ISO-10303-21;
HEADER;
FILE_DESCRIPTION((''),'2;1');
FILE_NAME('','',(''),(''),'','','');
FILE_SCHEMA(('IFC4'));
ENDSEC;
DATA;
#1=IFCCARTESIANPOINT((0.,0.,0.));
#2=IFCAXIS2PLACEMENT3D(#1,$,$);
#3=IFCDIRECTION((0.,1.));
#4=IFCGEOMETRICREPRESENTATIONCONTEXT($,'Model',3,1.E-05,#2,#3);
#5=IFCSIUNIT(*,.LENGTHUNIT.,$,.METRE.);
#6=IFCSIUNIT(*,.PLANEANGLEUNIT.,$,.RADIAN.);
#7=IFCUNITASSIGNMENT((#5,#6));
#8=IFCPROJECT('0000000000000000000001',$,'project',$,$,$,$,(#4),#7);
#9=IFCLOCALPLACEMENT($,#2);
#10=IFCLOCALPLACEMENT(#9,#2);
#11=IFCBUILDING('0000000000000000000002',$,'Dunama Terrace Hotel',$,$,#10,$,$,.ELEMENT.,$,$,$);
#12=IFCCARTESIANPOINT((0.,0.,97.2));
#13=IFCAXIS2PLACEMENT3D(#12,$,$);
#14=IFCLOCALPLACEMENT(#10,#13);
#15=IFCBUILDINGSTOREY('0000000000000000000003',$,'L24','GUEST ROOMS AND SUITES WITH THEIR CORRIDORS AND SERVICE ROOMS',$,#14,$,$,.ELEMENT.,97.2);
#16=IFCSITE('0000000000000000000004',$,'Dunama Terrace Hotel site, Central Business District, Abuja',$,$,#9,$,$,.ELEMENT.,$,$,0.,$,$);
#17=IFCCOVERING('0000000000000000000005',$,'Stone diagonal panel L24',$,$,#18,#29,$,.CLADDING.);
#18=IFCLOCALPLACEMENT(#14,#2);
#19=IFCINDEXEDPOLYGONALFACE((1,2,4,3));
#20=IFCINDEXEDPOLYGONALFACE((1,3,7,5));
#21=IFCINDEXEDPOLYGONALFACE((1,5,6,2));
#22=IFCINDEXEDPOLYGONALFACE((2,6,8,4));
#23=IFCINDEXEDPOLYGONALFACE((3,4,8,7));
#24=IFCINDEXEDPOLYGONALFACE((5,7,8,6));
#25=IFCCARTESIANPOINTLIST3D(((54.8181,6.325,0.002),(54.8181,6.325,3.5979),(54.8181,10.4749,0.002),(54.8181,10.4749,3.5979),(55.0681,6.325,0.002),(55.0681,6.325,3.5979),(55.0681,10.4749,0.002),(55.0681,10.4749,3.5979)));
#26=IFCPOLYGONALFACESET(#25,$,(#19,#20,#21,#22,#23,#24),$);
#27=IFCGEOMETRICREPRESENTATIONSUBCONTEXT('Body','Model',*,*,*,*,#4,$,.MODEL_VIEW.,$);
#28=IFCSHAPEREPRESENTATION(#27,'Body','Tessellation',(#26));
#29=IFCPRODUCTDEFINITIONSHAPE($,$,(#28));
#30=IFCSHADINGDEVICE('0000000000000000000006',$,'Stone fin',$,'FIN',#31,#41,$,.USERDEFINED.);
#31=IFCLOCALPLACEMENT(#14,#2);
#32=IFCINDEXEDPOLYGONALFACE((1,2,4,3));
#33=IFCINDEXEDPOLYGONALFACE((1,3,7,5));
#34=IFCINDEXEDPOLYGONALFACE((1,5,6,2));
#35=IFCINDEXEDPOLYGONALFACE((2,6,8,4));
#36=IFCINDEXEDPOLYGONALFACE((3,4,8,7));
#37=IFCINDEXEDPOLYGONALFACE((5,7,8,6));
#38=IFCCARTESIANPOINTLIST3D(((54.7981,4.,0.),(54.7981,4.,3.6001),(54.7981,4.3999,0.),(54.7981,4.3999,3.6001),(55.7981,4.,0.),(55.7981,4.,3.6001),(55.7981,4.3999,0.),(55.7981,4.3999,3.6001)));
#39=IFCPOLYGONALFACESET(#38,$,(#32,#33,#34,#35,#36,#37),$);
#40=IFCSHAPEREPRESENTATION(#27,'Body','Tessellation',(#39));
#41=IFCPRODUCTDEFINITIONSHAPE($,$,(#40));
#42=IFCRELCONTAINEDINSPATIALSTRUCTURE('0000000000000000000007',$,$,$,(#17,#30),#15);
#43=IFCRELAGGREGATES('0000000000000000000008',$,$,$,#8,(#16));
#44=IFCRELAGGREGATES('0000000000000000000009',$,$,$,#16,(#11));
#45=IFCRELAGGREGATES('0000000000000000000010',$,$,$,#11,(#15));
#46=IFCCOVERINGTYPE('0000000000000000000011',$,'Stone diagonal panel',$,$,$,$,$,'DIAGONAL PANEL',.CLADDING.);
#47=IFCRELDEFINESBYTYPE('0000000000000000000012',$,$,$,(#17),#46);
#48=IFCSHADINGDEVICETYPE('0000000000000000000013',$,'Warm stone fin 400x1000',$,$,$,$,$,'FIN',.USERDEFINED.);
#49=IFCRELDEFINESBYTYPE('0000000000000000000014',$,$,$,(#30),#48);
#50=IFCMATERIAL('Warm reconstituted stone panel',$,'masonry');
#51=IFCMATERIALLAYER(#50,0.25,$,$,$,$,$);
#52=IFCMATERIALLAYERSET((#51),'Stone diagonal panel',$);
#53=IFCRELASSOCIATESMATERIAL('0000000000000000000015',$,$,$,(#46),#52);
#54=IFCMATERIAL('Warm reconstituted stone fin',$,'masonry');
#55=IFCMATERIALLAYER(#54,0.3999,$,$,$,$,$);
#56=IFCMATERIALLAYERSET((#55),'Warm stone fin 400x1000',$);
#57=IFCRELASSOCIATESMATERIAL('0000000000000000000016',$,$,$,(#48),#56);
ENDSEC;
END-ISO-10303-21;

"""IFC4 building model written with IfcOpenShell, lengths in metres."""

from ifc_helpers import new_model, si_unit, direction, frame, origin, origin_2d, place, context, subcontext, project, spatial, rectangle, extrude, material, layer, layer_set, type_object, element, save


model = new_model("IFC4")

# Units and contexts
model_context = context("Model", 3, precision=1e-05, world=origin(), true_north=direction((0.0, 1.0)))
body_context = subcontext(model_context, "Body", "Model", "MODEL_VIEW")
ifc_project = project(units=[si_unit("LENGTHUNIT", "METRE"), si_unit("PLANEANGLEUNIT", "RADIAN")], contexts=[model_context])

# Site, building, storey
site_placement = place(None, origin())
site = spatial("IfcSite", under=ifc_project, at=site_placement, Name="Dunama Terrace Hotel site, Central Business District, Abuja", CompositionType="ELEMENT", RefElevation=0.0)
building_placement = place(site_placement, origin())
building = spatial("IfcBuilding", under=site, at=building_placement, Name="Dunama Terrace Hotel", CompositionType="ELEMENT")
storey_placement = place(building_placement, frame((0.0, 0.0, 97.2)))
storey = spatial("IfcBuildingStorey", under=building, at=storey_placement, Name="L24", Description="GUEST ROOMS AND SUITES WITH THEIR CORRIDORS AND SERVICE ROOMS", CompositionType="ELEMENT", Elevation=97.2)

# Covering
ifc_material_1 = material(Name="Warm reconstituted stone panel", Category="masonry")
ifc_layer_1 = layer(ifc_material_1, 0.25)
ifc_layer_set_1 = layer_set([ifc_layer_1], Name="Stone diagonal panel")
covering_type = type_object("IfcCoveringType", Name="Stone diagonal panel", ElementType="DIAGONAL PANEL", PredefinedType="CLADDING", material=ifc_layer_set_1)
covering_1_placement = place(storey_placement, frame((54.9431, 8.3999, 0.002), z_axis=(0.0, 0.0, 1.0), x_axis=(0.0, 1.0, 0.0)))
element("IfcCovering", 1, at=covering_1_placement, inside=storey, type_object=covering_type, Name="Stone diagonal panel L24", PredefinedType="CLADDING", context=body_context, shape_type="SweptSolid", body=[
    extrude(rectangle(XDim=4.1499, YDim=0.25, at=origin_2d()), origin(), (0.0, 0.0, 1.0), 3.5959),
])

# Shading device
ifc_material_2 = material(Name="Warm reconstituted stone fin", Category="masonry")
ifc_layer_2 = layer(ifc_material_2, 0.3999)
ifc_layer_set_2 = layer_set([ifc_layer_2], Name="Warm stone fin 400x1000")
shading_device_type = type_object("IfcShadingDeviceType", Name="Warm stone fin 400x1000", ElementType="FIN", PredefinedType="USERDEFINED", material=ifc_layer_set_2)
shading_device_placement = place(storey_placement, frame((55.2981, 4.2, 0.0), z_axis=(0.0, 0.0, 1.0), x_axis=(0.0, 1.0, 0.0)))
element("IfcShadingDevice", 2, at=shading_device_placement, inside=storey, type_object=shading_device_type, Name="Stone fin", ObjectType="FIN", PredefinedType="USERDEFINED", context=body_context, shape_type="SweptSolid", body=[
    extrude(rectangle(XDim=0.3999, YDim=1.0, at=origin_2d()), origin(), (0.0, 0.0, 1.0), 3.6001),
])

save(model, "model.ifc")
